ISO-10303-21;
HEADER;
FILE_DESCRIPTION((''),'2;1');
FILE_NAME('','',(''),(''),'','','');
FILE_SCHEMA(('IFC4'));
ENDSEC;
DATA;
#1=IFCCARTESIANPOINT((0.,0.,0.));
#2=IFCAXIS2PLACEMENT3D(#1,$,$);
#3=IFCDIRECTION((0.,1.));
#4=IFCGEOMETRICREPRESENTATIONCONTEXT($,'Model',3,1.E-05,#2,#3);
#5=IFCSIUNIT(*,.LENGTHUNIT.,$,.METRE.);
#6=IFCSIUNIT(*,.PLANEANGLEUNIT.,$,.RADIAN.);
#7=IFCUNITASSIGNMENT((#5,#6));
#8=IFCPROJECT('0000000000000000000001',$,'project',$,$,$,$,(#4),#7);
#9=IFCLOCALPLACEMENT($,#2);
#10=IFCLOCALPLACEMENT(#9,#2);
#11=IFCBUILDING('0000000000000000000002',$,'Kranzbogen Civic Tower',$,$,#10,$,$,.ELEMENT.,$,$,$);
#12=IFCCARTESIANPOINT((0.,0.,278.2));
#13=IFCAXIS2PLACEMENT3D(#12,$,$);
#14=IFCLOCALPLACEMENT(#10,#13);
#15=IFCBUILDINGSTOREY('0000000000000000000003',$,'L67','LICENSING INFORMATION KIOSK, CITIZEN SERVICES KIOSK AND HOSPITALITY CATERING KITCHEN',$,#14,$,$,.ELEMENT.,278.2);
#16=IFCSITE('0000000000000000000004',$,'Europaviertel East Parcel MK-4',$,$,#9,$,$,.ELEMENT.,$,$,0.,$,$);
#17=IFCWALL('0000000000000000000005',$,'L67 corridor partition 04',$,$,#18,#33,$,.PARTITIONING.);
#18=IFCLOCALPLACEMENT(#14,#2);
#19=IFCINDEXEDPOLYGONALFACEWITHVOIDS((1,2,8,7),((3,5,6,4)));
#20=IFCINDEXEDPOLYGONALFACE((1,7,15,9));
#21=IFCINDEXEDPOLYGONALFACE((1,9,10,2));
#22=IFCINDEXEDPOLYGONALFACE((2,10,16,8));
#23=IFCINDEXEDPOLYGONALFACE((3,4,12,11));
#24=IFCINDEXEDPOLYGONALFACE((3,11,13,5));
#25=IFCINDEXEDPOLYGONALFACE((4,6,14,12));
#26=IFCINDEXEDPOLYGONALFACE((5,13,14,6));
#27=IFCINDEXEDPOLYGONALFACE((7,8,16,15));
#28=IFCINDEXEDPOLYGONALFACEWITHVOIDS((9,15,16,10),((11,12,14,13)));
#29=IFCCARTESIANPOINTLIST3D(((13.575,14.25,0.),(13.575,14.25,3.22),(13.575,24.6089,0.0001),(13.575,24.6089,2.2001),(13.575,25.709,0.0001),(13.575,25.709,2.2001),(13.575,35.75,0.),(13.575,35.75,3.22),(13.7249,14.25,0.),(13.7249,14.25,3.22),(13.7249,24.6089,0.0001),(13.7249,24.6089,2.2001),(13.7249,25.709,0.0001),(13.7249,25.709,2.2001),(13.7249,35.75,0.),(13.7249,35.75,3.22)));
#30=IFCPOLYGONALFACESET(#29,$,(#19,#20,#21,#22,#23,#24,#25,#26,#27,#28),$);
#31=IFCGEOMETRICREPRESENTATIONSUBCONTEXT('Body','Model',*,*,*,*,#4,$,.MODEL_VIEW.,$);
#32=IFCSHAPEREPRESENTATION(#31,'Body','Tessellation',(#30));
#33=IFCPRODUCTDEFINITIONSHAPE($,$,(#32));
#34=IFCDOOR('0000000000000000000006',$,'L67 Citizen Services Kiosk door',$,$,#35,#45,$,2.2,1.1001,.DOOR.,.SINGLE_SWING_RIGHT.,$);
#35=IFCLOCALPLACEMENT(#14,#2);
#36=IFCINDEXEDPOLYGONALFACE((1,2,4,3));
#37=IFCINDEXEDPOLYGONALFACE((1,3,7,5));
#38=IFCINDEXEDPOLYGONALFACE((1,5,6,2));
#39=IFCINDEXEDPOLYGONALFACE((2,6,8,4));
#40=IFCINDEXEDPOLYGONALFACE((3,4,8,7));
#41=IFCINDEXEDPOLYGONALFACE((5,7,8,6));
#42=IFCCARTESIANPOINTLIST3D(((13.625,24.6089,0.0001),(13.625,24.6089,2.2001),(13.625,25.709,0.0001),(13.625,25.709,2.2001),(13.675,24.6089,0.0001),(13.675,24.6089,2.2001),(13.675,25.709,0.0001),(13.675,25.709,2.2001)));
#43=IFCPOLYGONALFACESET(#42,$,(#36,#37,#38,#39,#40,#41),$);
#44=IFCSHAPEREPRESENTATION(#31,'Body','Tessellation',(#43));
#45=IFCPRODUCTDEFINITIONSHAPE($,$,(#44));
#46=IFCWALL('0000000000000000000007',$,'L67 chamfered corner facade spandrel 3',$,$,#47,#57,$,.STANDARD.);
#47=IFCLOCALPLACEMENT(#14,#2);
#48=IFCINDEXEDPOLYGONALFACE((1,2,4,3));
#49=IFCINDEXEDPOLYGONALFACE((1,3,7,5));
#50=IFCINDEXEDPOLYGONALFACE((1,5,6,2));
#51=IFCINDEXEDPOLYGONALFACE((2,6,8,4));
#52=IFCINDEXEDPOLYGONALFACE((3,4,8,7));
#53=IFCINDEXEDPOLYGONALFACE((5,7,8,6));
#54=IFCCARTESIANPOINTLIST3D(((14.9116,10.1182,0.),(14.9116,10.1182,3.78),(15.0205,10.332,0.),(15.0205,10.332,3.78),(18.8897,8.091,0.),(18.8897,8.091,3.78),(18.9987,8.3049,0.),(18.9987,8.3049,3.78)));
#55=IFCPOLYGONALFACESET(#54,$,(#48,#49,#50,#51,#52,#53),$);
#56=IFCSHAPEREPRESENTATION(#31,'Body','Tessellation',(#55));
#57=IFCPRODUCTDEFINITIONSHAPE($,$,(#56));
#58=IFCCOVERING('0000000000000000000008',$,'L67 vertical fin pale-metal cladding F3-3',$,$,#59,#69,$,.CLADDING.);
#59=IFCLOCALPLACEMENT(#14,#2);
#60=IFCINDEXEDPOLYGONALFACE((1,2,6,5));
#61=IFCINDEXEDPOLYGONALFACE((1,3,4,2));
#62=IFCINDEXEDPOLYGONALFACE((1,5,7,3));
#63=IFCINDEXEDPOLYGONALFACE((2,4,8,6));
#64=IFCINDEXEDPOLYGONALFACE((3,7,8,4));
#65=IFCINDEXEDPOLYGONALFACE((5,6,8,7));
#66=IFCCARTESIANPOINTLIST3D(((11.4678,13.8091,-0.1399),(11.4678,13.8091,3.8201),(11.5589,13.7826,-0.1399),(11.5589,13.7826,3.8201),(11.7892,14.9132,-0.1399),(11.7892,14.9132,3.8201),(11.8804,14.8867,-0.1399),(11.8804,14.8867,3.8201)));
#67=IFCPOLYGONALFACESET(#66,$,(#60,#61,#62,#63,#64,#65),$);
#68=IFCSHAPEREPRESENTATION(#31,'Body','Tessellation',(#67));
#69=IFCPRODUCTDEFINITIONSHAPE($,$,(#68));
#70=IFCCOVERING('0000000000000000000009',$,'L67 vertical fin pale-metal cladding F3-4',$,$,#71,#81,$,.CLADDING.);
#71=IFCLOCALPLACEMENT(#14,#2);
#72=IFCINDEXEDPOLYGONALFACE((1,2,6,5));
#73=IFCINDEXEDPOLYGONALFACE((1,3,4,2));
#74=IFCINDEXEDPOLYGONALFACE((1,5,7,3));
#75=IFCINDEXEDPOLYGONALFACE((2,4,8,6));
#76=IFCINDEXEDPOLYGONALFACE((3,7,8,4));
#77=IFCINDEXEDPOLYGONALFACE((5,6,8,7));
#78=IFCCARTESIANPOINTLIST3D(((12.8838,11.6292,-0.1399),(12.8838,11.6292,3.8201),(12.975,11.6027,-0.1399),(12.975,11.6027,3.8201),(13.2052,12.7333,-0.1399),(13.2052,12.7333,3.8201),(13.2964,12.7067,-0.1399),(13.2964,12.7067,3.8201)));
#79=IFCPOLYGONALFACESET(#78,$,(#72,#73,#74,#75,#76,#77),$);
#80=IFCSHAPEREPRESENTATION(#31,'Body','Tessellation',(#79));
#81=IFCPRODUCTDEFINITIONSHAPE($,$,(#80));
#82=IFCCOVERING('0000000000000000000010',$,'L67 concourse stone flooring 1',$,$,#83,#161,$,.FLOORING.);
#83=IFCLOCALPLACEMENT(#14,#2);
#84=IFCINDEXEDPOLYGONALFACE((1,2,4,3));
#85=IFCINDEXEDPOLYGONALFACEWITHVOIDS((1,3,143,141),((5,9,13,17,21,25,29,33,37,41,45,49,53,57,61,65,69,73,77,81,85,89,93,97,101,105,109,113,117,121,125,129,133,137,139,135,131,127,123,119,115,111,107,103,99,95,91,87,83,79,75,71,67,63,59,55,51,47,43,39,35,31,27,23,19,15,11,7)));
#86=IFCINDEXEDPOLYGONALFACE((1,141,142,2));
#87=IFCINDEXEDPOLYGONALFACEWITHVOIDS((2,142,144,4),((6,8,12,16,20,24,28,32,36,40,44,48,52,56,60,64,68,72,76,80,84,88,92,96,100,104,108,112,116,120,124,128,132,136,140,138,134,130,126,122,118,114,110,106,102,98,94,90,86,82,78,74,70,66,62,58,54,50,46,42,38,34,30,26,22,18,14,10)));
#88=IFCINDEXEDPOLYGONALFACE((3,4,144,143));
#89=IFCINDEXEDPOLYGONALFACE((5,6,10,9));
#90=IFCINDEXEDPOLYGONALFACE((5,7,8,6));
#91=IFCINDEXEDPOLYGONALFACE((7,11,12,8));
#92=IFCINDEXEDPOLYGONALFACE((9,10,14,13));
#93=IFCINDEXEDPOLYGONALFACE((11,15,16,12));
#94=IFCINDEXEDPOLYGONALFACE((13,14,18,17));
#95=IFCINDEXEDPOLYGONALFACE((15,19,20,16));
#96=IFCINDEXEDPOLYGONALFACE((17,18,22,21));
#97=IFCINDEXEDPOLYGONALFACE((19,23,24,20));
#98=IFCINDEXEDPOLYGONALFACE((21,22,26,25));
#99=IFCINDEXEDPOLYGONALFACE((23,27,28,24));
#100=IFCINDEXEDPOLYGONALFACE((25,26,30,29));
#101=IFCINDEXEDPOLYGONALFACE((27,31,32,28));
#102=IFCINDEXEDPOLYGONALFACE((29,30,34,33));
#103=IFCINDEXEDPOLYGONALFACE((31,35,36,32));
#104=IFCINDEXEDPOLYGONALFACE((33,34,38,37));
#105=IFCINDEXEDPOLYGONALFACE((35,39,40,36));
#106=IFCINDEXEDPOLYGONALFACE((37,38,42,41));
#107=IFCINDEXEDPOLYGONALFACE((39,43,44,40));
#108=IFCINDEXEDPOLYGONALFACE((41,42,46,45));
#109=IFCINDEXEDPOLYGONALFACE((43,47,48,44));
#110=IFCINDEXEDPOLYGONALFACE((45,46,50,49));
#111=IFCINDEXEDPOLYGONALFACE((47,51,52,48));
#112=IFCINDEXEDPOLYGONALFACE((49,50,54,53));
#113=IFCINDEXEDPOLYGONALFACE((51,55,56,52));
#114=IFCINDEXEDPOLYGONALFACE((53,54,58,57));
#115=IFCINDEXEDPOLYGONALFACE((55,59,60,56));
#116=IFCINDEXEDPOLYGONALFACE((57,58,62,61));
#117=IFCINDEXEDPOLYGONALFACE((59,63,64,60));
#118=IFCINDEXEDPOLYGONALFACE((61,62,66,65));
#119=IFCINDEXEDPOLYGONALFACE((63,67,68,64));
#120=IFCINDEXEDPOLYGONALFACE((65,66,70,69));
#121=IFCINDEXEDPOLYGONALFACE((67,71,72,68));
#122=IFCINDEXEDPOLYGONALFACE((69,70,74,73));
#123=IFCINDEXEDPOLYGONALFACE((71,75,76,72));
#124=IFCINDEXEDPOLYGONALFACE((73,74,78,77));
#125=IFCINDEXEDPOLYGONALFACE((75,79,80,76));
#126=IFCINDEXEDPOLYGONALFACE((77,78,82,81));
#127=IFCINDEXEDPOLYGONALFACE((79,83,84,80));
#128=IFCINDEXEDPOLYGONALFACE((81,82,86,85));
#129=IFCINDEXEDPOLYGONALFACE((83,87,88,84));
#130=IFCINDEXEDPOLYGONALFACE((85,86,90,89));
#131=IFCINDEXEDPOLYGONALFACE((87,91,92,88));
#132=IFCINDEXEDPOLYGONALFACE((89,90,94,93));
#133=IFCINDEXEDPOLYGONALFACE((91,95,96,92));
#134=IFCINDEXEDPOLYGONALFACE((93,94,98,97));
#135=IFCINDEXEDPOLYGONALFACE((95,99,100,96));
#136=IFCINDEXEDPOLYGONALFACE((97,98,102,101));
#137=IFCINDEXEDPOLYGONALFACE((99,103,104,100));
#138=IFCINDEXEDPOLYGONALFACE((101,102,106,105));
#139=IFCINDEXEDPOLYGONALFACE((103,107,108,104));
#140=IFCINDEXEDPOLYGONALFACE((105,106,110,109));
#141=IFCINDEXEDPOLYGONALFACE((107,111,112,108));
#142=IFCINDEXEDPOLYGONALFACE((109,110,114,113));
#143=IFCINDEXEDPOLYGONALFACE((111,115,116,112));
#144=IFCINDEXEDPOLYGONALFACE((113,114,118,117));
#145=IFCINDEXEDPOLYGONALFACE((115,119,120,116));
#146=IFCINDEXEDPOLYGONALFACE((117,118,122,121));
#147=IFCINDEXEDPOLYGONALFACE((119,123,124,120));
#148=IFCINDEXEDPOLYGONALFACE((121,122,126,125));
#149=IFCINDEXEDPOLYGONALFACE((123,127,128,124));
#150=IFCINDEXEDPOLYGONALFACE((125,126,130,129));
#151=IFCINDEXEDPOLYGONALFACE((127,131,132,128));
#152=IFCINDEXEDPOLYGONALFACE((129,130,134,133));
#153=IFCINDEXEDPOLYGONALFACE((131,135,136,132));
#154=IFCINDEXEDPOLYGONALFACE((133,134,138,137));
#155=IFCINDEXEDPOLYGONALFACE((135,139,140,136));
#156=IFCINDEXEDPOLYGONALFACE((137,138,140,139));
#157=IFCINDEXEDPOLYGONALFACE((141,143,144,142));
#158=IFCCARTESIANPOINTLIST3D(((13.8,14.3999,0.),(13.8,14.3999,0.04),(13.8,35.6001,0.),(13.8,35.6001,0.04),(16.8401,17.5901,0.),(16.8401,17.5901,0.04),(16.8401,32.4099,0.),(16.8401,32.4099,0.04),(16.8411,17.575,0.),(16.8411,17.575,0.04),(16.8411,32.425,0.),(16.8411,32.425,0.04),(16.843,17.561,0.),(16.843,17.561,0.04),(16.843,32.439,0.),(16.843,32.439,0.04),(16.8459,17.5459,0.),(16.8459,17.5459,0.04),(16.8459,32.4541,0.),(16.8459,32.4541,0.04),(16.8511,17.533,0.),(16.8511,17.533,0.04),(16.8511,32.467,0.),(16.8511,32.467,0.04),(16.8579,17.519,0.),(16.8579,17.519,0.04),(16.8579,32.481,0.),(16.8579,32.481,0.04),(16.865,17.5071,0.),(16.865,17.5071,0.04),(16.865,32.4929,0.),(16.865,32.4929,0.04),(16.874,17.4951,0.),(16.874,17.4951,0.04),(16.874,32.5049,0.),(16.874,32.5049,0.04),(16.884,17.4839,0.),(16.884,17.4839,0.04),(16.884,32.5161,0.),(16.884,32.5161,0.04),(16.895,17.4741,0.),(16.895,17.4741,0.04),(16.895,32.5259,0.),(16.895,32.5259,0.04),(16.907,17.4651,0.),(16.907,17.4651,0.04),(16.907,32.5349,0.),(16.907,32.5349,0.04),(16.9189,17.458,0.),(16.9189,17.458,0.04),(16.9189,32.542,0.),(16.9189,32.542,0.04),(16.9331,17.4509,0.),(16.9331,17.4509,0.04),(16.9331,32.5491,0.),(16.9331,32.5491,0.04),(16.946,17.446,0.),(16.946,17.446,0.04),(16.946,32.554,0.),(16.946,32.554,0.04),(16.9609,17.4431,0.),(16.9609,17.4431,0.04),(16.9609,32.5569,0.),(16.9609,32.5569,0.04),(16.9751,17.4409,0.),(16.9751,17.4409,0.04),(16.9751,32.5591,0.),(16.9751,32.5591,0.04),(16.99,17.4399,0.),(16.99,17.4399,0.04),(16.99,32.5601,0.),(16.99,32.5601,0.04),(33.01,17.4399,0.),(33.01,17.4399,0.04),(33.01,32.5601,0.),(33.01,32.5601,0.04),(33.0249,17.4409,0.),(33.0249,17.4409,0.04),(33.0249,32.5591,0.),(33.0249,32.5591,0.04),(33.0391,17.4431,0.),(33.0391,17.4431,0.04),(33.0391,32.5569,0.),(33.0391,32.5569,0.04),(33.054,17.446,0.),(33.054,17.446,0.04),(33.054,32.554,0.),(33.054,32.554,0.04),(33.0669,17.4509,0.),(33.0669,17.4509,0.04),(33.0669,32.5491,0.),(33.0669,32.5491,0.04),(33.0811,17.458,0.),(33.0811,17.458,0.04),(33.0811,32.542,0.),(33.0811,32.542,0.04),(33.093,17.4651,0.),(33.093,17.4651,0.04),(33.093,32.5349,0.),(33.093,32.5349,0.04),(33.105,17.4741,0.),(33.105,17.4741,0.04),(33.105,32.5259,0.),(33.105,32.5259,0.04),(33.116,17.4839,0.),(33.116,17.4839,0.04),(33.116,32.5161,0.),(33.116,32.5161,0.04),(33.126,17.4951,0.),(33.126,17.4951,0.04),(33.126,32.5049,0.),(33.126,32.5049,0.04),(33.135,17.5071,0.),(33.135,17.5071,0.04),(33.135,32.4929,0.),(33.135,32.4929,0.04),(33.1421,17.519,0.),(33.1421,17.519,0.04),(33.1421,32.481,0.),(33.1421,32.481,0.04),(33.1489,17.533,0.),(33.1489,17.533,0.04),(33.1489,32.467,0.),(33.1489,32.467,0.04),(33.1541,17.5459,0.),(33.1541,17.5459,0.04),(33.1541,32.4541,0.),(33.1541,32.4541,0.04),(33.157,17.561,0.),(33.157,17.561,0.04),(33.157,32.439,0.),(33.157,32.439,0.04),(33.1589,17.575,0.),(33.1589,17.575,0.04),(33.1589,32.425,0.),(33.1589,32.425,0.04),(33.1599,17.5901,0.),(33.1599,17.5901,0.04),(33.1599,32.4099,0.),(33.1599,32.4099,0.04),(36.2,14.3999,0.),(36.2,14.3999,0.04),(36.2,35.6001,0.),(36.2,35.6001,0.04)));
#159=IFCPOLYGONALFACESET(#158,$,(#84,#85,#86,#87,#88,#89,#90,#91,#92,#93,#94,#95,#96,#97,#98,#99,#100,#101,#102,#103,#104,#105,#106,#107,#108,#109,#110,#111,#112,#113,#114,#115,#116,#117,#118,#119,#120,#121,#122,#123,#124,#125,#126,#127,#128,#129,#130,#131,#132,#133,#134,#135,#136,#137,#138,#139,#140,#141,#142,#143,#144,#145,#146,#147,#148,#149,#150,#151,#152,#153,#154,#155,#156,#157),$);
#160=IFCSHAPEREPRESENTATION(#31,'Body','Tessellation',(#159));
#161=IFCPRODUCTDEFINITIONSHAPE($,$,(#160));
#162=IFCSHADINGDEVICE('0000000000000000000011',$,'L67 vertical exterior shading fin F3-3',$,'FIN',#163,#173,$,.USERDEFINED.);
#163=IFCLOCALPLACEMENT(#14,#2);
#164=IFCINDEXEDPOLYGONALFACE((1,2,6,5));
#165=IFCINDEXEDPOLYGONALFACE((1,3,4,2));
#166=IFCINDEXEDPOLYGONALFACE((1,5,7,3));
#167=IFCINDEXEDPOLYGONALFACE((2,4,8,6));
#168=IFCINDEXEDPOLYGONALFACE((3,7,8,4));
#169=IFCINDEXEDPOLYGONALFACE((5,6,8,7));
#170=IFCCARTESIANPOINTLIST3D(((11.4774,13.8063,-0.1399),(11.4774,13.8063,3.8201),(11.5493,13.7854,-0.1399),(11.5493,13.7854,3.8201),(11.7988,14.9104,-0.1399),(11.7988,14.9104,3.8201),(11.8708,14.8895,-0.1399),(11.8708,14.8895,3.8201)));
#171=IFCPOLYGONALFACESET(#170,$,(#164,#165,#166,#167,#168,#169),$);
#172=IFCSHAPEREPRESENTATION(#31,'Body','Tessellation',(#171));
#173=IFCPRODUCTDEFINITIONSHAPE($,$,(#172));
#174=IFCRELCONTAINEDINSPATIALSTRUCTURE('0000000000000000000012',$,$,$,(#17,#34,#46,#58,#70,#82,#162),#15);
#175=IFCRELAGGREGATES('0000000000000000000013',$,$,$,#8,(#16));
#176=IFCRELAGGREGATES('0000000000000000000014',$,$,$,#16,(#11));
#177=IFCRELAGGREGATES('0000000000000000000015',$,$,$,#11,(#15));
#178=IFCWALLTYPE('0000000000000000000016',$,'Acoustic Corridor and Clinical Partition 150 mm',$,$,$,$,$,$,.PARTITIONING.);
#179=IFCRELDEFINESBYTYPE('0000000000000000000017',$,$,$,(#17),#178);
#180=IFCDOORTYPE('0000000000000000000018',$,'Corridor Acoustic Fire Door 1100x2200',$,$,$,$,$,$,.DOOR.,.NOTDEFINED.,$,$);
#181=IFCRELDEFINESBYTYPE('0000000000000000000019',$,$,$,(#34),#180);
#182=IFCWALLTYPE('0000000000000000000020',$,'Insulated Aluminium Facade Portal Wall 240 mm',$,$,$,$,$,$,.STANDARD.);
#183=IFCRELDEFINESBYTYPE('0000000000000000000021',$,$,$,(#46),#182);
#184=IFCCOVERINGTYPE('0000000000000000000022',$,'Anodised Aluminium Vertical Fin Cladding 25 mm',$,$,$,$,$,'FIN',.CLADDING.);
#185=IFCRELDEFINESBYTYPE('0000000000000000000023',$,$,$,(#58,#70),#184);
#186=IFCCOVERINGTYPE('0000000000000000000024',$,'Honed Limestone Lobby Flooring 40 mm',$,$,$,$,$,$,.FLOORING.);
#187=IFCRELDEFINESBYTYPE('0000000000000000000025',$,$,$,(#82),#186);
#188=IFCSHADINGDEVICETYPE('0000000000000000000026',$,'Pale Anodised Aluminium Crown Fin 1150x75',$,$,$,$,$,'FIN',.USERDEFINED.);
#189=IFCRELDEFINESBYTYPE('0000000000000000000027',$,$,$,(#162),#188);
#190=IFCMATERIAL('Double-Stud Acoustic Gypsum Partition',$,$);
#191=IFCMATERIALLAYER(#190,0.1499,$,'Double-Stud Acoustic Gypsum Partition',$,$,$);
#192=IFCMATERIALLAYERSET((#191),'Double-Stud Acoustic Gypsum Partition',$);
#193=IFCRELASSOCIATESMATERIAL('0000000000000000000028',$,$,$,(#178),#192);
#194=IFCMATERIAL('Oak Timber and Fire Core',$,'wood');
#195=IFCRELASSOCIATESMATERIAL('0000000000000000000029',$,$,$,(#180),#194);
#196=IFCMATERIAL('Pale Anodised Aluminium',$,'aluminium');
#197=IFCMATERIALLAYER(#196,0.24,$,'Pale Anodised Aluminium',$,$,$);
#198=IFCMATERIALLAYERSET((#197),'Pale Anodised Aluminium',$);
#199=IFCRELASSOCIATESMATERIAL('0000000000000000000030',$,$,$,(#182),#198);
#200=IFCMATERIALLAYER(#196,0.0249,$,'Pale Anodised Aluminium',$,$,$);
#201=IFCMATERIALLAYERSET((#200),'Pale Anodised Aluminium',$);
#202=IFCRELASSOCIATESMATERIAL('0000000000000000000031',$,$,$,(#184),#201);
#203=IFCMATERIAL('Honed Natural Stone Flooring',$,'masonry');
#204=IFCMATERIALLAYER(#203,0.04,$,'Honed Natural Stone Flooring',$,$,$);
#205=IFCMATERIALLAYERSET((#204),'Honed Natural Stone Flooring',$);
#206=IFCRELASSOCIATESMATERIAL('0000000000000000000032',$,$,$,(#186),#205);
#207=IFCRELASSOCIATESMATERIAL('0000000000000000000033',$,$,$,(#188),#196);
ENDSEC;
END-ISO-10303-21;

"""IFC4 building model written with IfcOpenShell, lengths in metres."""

from ifc_helpers import new_model, si_unit, direction, frame, frame_2d, origin, origin_2d, place, context, subcontext, project, spatial, polyline, rectangle, outline, extrude, material, layer, layer_set, type_object, element, fill, save


model = new_model("IFC4")

# Units and contexts
model_context = context("Model", 3, precision=1e-05, world=origin(), true_north=direction((0.0, 1.0)))
body_context = subcontext(model_context, "Body", "Model", "MODEL_VIEW")
ifc_project = project(units=[si_unit("LENGTHUNIT", "METRE"), si_unit("PLANEANGLEUNIT", "RADIAN")], contexts=[model_context])

# Site, building, storey
site_placement = place(None, origin())
site = spatial("IfcSite", under=ifc_project, at=site_placement, Name="Europaviertel East Parcel MK-4", CompositionType="ELEMENT", RefElevation=0.0)
building_placement = place(site_placement, origin())
building = spatial("IfcBuilding", under=site, at=building_placement, Name="Kranzbogen Civic Tower", CompositionType="ELEMENT")
storey_placement = place(building_placement, frame((0.0, 0.0, 278.2)))
storey = spatial("IfcBuildingStorey", under=building, at=storey_placement, Name="L67", Description="LICENSING INFORMATION KIOSK, CITIZEN SERVICES KIOSK AND HOSPITALITY CATERING KITCHEN", CompositionType="ELEMENT", Elevation=278.2)

# Shared definitions
ifc_material_1 = material(Name="Pale Anodised Aluminium", Category="aluminium")

# Wall, opening, door
ifc_material_2 = material(Name="Double-Stud Acoustic Gypsum Partition")
ifc_layer_1 = layer(ifc_material_2, 0.1499, Name="Double-Stud Acoustic Gypsum Partition")
ifc_layer_set_1 = layer_set([ifc_layer_1], Name="Double-Stud Acoustic Gypsum Partition")
wall_type_1 = type_object("IfcWallType", Name="Acoustic Corridor and Clinical Partition 150 mm", PredefinedType="PARTITIONING", material=ifc_layer_set_1)
wall_1_placement = place(storey_placement, frame((13.6499, 14.25, 0.0), z_axis=(0.0, 0.0, 1.0), x_axis=(0.0, 1.0, 0.0)))
wall_1 = element("IfcWall", 1, at=wall_1_placement, inside=storey, type_object=wall_type_1, Name="L67 corridor partition 04", PredefinedType="PARTITIONING", context=body_context, shape_type="SweptSolid", body=[
    extrude(rectangle(XDim=21.5, YDim=0.1499, at=frame_2d((10.75, 0.0))), origin(), (0.0, 0.0, 1.0), 3.22),
])
opening_placement = place(wall_1_placement, frame((10.3589, 0.0, 0.0)))
opening = element("IfcOpeningElement", 2, at=opening_placement, cuts=wall_1, PredefinedType="OPENING", context=body_context, shape_type="SweptSolid", body=[
    extrude(rectangle(XDim=1.1001, YDim=2.2, at=frame_2d((0.55, 1.1001))), frame((0.0, 0.085, 0.0), z_axis=(0.0, -1.0, 0.0), x_axis=(1.0, 0.0, 0.0)), (0.0, 0.0, 1.0), 0.1699),
])
ifc_material_3 = material(Name="Oak Timber and Fire Core", Category="wood")
door_type = type_object("IfcDoorType", Name="Corridor Acoustic Fire Door 1100x2200", OperationType="NOTDEFINED", PredefinedType="DOOR", material=ifc_material_3)
door_placement = place(opening_placement, origin())
door = element("IfcDoor", 3, at=door_placement, inside=storey, type_object=door_type, Name="L67 Citizen Services Kiosk door", OperationType="SINGLE_SWING_RIGHT", OverallHeight=2.2, OverallWidth=1.1001, PredefinedType="DOOR", context=body_context, shape_type="SweptSolid", body=[
    extrude(rectangle(XDim=1.1001, YDim=2.2, at=frame_2d((0.55, 1.1001))), frame((0.0, 0.0249, 0.0), z_axis=(0.0, -1.0, 0.0), x_axis=(1.0, 0.0, 0.0)), (0.0, 0.0, 1.0), 0.05),
])
fill(opening, door)

# Wall
ifc_layer_2 = layer(ifc_material_1, 0.24, Name="Pale Anodised Aluminium")
ifc_layer_set_2 = layer_set([ifc_layer_2], Name="Pale Anodised Aluminium")
wall_type_2 = type_object("IfcWallType", Name="Insulated Aluminium Facade Portal Wall 240 mm", PredefinedType="STANDARD", material=ifc_layer_set_2)
wall_2_placement = place(storey_placement, frame((14.9661, 10.2251, 0.0), z_axis=(0.0, 0.0, 1.0), x_axis=(0.890989, -0.454025, 0.0)))
element("IfcWall", 4, at=wall_2_placement, inside=storey, type_object=wall_type_2, Name="L67 chamfered corner facade spandrel 3", PredefinedType="STANDARD", context=body_context, shape_type="SweptSolid", body=[
    extrude(rectangle(XDim=4.4648, YDim=0.24, at=frame_2d((2.2324, 0.0))), origin(), (0.0, 0.0, 1.0), 3.78),
])

# Coverings
ifc_layer_3 = layer(ifc_material_1, 0.0249, Name="Pale Anodised Aluminium")
ifc_layer_set_3 = layer_set([ifc_layer_3], Name="Pale Anodised Aluminium")
covering_type_1 = type_object("IfcCoveringType", Name="Anodised Aluminium Vertical Fin Cladding 25 mm", ElementType="FIN", PredefinedType="CLADDING", material=ifc_layer_set_3)
for number, where, z_axis, x_axis, name in (
    (5, (11.6741, 14.3479, -0.1399), (0.0, 0.0, 1.0), (-0.279544, -0.960133, 0.0), "L67 vertical fin pale-metal cladding F3-3"),
    (6, (13.0901, 12.168, -0.1399), (0.0, 0.0, 1.0), (-0.279544, -0.960133, 0.0), "L67 vertical fin pale-metal cladding F3-4"),
):
    element("IfcCovering", number, at=place(storey_placement, frame(where, z_axis=z_axis, x_axis=x_axis)), inside=storey, type_object=covering_type_1, Name=name, PredefinedType="CLADDING", context=body_context, shape_type="SweptSolid", body=[
        extrude(rectangle(XDim=1.1499, YDim=0.095, at=origin_2d()), origin(), (0.0, 0.0, 1.0), 3.96),
    ])
ifc_material_4 = material(Name="Honed Natural Stone Flooring", Category="masonry")
ifc_layer_4 = layer(ifc_material_4, 0.04, Name="Honed Natural Stone Flooring")
ifc_layer_set_4 = layer_set([ifc_layer_4], Name="Honed Natural Stone Flooring")
covering_type_2 = type_object("IfcCoveringType", Name="Honed Limestone Lobby Flooring 40 mm", PredefinedType="FLOORING", material=ifc_layer_set_4)
covering_1_placement = place(storey_placement, origin())
element("IfcCovering", 7, at=covering_1_placement, inside=storey, type_object=covering_type_2, Name="L67 concourse stone flooring 1", PredefinedType="FLOORING", context=body_context, shape_type="SweptSolid", body=[
    extrude(outline(polyline([(13.8, 35.6001), (36.2, 35.6001), (36.2, 14.3999), (13.8, 14.3999), (13.8, 35.6001)]), holes=[polyline([(33.01, 32.5601), (33.0249, 32.5591), (33.0391, 32.5569), (33.054, 32.554), (33.0669, 32.5491), (33.0811, 32.542), (33.093, 32.5349), (33.105, 32.5259), (33.116, 32.5161), (33.126, 32.5049), (33.135, 32.4929), (33.1421, 32.481), (33.1489, 32.467), (33.1541, 32.4541), (33.157, 32.439), (33.1589, 32.425), (33.1599, 32.4099), (33.1599, 17.5901), (33.1589, 17.575), (33.157, 17.561), (33.1541, 17.5459), (33.1489, 17.533), (33.1421, 17.519), (33.135, 17.5071), (33.126, 17.4951), (33.116, 17.4839), (33.105, 17.4741), (33.093, 17.4651), (33.0811, 17.458), (33.0669, 17.4509), (33.054, 17.446), (33.0391, 17.4431), (33.0249, 17.4409), (33.01, 17.4399), (16.99, 17.4399), (16.9751, 17.4409), (16.9609, 17.4431), (16.946, 17.446), (16.9331, 17.4509), (16.9189, 17.458), (16.907, 17.4651), (16.895, 17.4741), (16.884, 17.4839), (16.874, 17.4951), (16.865, 17.5071), (16.8579, 17.519), (16.8511, 17.533), (16.8459, 17.5459), (16.843, 17.561), (16.8411, 17.575), (16.8401, 17.5901), (16.8401, 32.4099), (16.8411, 32.425), (16.843, 32.439), (16.8459, 32.4541), (16.8511, 32.467), (16.8579, 32.481), (16.865, 32.4929), (16.874, 32.5049), (16.884, 32.5161), (16.895, 32.5259), (16.907, 32.5349), (16.9189, 32.542), (16.9331, 32.5491), (16.946, 32.554), (16.9609, 32.5569), (16.9751, 32.5591), (16.99, 32.5601), (33.01, 32.5601)])]), origin(), (0.0, 0.0, 1.0), 0.04),
])

# Shading device
shading_device_type = type_object("IfcShadingDeviceType", Name="Pale Anodised Aluminium Crown Fin 1150x75", ElementType="FIN", PredefinedType="USERDEFINED", material=ifc_material_1)
for number, where, z_axis, x_axis, name in (
    (8, (11.6741, 14.3479, -0.1399), (0.0, 0.0, 1.0), (-0.279544, -0.960133, 0.0), "L67 vertical exterior shading fin F3-3"),
):
    element("IfcShadingDevice", number, at=place(storey_placement, frame(where, z_axis=z_axis, x_axis=x_axis)), inside=storey, type_object=shading_device_type, Name=name, ObjectType="FIN", PredefinedType="USERDEFINED", context=body_context, shape_type="SweptSolid", body=[
        extrude(rectangle(XDim=1.1499, YDim=0.075, at=origin_2d()), origin(), (0.0, 0.0, 1.0), 3.96),
    ])

save(model, "model.ifc")
